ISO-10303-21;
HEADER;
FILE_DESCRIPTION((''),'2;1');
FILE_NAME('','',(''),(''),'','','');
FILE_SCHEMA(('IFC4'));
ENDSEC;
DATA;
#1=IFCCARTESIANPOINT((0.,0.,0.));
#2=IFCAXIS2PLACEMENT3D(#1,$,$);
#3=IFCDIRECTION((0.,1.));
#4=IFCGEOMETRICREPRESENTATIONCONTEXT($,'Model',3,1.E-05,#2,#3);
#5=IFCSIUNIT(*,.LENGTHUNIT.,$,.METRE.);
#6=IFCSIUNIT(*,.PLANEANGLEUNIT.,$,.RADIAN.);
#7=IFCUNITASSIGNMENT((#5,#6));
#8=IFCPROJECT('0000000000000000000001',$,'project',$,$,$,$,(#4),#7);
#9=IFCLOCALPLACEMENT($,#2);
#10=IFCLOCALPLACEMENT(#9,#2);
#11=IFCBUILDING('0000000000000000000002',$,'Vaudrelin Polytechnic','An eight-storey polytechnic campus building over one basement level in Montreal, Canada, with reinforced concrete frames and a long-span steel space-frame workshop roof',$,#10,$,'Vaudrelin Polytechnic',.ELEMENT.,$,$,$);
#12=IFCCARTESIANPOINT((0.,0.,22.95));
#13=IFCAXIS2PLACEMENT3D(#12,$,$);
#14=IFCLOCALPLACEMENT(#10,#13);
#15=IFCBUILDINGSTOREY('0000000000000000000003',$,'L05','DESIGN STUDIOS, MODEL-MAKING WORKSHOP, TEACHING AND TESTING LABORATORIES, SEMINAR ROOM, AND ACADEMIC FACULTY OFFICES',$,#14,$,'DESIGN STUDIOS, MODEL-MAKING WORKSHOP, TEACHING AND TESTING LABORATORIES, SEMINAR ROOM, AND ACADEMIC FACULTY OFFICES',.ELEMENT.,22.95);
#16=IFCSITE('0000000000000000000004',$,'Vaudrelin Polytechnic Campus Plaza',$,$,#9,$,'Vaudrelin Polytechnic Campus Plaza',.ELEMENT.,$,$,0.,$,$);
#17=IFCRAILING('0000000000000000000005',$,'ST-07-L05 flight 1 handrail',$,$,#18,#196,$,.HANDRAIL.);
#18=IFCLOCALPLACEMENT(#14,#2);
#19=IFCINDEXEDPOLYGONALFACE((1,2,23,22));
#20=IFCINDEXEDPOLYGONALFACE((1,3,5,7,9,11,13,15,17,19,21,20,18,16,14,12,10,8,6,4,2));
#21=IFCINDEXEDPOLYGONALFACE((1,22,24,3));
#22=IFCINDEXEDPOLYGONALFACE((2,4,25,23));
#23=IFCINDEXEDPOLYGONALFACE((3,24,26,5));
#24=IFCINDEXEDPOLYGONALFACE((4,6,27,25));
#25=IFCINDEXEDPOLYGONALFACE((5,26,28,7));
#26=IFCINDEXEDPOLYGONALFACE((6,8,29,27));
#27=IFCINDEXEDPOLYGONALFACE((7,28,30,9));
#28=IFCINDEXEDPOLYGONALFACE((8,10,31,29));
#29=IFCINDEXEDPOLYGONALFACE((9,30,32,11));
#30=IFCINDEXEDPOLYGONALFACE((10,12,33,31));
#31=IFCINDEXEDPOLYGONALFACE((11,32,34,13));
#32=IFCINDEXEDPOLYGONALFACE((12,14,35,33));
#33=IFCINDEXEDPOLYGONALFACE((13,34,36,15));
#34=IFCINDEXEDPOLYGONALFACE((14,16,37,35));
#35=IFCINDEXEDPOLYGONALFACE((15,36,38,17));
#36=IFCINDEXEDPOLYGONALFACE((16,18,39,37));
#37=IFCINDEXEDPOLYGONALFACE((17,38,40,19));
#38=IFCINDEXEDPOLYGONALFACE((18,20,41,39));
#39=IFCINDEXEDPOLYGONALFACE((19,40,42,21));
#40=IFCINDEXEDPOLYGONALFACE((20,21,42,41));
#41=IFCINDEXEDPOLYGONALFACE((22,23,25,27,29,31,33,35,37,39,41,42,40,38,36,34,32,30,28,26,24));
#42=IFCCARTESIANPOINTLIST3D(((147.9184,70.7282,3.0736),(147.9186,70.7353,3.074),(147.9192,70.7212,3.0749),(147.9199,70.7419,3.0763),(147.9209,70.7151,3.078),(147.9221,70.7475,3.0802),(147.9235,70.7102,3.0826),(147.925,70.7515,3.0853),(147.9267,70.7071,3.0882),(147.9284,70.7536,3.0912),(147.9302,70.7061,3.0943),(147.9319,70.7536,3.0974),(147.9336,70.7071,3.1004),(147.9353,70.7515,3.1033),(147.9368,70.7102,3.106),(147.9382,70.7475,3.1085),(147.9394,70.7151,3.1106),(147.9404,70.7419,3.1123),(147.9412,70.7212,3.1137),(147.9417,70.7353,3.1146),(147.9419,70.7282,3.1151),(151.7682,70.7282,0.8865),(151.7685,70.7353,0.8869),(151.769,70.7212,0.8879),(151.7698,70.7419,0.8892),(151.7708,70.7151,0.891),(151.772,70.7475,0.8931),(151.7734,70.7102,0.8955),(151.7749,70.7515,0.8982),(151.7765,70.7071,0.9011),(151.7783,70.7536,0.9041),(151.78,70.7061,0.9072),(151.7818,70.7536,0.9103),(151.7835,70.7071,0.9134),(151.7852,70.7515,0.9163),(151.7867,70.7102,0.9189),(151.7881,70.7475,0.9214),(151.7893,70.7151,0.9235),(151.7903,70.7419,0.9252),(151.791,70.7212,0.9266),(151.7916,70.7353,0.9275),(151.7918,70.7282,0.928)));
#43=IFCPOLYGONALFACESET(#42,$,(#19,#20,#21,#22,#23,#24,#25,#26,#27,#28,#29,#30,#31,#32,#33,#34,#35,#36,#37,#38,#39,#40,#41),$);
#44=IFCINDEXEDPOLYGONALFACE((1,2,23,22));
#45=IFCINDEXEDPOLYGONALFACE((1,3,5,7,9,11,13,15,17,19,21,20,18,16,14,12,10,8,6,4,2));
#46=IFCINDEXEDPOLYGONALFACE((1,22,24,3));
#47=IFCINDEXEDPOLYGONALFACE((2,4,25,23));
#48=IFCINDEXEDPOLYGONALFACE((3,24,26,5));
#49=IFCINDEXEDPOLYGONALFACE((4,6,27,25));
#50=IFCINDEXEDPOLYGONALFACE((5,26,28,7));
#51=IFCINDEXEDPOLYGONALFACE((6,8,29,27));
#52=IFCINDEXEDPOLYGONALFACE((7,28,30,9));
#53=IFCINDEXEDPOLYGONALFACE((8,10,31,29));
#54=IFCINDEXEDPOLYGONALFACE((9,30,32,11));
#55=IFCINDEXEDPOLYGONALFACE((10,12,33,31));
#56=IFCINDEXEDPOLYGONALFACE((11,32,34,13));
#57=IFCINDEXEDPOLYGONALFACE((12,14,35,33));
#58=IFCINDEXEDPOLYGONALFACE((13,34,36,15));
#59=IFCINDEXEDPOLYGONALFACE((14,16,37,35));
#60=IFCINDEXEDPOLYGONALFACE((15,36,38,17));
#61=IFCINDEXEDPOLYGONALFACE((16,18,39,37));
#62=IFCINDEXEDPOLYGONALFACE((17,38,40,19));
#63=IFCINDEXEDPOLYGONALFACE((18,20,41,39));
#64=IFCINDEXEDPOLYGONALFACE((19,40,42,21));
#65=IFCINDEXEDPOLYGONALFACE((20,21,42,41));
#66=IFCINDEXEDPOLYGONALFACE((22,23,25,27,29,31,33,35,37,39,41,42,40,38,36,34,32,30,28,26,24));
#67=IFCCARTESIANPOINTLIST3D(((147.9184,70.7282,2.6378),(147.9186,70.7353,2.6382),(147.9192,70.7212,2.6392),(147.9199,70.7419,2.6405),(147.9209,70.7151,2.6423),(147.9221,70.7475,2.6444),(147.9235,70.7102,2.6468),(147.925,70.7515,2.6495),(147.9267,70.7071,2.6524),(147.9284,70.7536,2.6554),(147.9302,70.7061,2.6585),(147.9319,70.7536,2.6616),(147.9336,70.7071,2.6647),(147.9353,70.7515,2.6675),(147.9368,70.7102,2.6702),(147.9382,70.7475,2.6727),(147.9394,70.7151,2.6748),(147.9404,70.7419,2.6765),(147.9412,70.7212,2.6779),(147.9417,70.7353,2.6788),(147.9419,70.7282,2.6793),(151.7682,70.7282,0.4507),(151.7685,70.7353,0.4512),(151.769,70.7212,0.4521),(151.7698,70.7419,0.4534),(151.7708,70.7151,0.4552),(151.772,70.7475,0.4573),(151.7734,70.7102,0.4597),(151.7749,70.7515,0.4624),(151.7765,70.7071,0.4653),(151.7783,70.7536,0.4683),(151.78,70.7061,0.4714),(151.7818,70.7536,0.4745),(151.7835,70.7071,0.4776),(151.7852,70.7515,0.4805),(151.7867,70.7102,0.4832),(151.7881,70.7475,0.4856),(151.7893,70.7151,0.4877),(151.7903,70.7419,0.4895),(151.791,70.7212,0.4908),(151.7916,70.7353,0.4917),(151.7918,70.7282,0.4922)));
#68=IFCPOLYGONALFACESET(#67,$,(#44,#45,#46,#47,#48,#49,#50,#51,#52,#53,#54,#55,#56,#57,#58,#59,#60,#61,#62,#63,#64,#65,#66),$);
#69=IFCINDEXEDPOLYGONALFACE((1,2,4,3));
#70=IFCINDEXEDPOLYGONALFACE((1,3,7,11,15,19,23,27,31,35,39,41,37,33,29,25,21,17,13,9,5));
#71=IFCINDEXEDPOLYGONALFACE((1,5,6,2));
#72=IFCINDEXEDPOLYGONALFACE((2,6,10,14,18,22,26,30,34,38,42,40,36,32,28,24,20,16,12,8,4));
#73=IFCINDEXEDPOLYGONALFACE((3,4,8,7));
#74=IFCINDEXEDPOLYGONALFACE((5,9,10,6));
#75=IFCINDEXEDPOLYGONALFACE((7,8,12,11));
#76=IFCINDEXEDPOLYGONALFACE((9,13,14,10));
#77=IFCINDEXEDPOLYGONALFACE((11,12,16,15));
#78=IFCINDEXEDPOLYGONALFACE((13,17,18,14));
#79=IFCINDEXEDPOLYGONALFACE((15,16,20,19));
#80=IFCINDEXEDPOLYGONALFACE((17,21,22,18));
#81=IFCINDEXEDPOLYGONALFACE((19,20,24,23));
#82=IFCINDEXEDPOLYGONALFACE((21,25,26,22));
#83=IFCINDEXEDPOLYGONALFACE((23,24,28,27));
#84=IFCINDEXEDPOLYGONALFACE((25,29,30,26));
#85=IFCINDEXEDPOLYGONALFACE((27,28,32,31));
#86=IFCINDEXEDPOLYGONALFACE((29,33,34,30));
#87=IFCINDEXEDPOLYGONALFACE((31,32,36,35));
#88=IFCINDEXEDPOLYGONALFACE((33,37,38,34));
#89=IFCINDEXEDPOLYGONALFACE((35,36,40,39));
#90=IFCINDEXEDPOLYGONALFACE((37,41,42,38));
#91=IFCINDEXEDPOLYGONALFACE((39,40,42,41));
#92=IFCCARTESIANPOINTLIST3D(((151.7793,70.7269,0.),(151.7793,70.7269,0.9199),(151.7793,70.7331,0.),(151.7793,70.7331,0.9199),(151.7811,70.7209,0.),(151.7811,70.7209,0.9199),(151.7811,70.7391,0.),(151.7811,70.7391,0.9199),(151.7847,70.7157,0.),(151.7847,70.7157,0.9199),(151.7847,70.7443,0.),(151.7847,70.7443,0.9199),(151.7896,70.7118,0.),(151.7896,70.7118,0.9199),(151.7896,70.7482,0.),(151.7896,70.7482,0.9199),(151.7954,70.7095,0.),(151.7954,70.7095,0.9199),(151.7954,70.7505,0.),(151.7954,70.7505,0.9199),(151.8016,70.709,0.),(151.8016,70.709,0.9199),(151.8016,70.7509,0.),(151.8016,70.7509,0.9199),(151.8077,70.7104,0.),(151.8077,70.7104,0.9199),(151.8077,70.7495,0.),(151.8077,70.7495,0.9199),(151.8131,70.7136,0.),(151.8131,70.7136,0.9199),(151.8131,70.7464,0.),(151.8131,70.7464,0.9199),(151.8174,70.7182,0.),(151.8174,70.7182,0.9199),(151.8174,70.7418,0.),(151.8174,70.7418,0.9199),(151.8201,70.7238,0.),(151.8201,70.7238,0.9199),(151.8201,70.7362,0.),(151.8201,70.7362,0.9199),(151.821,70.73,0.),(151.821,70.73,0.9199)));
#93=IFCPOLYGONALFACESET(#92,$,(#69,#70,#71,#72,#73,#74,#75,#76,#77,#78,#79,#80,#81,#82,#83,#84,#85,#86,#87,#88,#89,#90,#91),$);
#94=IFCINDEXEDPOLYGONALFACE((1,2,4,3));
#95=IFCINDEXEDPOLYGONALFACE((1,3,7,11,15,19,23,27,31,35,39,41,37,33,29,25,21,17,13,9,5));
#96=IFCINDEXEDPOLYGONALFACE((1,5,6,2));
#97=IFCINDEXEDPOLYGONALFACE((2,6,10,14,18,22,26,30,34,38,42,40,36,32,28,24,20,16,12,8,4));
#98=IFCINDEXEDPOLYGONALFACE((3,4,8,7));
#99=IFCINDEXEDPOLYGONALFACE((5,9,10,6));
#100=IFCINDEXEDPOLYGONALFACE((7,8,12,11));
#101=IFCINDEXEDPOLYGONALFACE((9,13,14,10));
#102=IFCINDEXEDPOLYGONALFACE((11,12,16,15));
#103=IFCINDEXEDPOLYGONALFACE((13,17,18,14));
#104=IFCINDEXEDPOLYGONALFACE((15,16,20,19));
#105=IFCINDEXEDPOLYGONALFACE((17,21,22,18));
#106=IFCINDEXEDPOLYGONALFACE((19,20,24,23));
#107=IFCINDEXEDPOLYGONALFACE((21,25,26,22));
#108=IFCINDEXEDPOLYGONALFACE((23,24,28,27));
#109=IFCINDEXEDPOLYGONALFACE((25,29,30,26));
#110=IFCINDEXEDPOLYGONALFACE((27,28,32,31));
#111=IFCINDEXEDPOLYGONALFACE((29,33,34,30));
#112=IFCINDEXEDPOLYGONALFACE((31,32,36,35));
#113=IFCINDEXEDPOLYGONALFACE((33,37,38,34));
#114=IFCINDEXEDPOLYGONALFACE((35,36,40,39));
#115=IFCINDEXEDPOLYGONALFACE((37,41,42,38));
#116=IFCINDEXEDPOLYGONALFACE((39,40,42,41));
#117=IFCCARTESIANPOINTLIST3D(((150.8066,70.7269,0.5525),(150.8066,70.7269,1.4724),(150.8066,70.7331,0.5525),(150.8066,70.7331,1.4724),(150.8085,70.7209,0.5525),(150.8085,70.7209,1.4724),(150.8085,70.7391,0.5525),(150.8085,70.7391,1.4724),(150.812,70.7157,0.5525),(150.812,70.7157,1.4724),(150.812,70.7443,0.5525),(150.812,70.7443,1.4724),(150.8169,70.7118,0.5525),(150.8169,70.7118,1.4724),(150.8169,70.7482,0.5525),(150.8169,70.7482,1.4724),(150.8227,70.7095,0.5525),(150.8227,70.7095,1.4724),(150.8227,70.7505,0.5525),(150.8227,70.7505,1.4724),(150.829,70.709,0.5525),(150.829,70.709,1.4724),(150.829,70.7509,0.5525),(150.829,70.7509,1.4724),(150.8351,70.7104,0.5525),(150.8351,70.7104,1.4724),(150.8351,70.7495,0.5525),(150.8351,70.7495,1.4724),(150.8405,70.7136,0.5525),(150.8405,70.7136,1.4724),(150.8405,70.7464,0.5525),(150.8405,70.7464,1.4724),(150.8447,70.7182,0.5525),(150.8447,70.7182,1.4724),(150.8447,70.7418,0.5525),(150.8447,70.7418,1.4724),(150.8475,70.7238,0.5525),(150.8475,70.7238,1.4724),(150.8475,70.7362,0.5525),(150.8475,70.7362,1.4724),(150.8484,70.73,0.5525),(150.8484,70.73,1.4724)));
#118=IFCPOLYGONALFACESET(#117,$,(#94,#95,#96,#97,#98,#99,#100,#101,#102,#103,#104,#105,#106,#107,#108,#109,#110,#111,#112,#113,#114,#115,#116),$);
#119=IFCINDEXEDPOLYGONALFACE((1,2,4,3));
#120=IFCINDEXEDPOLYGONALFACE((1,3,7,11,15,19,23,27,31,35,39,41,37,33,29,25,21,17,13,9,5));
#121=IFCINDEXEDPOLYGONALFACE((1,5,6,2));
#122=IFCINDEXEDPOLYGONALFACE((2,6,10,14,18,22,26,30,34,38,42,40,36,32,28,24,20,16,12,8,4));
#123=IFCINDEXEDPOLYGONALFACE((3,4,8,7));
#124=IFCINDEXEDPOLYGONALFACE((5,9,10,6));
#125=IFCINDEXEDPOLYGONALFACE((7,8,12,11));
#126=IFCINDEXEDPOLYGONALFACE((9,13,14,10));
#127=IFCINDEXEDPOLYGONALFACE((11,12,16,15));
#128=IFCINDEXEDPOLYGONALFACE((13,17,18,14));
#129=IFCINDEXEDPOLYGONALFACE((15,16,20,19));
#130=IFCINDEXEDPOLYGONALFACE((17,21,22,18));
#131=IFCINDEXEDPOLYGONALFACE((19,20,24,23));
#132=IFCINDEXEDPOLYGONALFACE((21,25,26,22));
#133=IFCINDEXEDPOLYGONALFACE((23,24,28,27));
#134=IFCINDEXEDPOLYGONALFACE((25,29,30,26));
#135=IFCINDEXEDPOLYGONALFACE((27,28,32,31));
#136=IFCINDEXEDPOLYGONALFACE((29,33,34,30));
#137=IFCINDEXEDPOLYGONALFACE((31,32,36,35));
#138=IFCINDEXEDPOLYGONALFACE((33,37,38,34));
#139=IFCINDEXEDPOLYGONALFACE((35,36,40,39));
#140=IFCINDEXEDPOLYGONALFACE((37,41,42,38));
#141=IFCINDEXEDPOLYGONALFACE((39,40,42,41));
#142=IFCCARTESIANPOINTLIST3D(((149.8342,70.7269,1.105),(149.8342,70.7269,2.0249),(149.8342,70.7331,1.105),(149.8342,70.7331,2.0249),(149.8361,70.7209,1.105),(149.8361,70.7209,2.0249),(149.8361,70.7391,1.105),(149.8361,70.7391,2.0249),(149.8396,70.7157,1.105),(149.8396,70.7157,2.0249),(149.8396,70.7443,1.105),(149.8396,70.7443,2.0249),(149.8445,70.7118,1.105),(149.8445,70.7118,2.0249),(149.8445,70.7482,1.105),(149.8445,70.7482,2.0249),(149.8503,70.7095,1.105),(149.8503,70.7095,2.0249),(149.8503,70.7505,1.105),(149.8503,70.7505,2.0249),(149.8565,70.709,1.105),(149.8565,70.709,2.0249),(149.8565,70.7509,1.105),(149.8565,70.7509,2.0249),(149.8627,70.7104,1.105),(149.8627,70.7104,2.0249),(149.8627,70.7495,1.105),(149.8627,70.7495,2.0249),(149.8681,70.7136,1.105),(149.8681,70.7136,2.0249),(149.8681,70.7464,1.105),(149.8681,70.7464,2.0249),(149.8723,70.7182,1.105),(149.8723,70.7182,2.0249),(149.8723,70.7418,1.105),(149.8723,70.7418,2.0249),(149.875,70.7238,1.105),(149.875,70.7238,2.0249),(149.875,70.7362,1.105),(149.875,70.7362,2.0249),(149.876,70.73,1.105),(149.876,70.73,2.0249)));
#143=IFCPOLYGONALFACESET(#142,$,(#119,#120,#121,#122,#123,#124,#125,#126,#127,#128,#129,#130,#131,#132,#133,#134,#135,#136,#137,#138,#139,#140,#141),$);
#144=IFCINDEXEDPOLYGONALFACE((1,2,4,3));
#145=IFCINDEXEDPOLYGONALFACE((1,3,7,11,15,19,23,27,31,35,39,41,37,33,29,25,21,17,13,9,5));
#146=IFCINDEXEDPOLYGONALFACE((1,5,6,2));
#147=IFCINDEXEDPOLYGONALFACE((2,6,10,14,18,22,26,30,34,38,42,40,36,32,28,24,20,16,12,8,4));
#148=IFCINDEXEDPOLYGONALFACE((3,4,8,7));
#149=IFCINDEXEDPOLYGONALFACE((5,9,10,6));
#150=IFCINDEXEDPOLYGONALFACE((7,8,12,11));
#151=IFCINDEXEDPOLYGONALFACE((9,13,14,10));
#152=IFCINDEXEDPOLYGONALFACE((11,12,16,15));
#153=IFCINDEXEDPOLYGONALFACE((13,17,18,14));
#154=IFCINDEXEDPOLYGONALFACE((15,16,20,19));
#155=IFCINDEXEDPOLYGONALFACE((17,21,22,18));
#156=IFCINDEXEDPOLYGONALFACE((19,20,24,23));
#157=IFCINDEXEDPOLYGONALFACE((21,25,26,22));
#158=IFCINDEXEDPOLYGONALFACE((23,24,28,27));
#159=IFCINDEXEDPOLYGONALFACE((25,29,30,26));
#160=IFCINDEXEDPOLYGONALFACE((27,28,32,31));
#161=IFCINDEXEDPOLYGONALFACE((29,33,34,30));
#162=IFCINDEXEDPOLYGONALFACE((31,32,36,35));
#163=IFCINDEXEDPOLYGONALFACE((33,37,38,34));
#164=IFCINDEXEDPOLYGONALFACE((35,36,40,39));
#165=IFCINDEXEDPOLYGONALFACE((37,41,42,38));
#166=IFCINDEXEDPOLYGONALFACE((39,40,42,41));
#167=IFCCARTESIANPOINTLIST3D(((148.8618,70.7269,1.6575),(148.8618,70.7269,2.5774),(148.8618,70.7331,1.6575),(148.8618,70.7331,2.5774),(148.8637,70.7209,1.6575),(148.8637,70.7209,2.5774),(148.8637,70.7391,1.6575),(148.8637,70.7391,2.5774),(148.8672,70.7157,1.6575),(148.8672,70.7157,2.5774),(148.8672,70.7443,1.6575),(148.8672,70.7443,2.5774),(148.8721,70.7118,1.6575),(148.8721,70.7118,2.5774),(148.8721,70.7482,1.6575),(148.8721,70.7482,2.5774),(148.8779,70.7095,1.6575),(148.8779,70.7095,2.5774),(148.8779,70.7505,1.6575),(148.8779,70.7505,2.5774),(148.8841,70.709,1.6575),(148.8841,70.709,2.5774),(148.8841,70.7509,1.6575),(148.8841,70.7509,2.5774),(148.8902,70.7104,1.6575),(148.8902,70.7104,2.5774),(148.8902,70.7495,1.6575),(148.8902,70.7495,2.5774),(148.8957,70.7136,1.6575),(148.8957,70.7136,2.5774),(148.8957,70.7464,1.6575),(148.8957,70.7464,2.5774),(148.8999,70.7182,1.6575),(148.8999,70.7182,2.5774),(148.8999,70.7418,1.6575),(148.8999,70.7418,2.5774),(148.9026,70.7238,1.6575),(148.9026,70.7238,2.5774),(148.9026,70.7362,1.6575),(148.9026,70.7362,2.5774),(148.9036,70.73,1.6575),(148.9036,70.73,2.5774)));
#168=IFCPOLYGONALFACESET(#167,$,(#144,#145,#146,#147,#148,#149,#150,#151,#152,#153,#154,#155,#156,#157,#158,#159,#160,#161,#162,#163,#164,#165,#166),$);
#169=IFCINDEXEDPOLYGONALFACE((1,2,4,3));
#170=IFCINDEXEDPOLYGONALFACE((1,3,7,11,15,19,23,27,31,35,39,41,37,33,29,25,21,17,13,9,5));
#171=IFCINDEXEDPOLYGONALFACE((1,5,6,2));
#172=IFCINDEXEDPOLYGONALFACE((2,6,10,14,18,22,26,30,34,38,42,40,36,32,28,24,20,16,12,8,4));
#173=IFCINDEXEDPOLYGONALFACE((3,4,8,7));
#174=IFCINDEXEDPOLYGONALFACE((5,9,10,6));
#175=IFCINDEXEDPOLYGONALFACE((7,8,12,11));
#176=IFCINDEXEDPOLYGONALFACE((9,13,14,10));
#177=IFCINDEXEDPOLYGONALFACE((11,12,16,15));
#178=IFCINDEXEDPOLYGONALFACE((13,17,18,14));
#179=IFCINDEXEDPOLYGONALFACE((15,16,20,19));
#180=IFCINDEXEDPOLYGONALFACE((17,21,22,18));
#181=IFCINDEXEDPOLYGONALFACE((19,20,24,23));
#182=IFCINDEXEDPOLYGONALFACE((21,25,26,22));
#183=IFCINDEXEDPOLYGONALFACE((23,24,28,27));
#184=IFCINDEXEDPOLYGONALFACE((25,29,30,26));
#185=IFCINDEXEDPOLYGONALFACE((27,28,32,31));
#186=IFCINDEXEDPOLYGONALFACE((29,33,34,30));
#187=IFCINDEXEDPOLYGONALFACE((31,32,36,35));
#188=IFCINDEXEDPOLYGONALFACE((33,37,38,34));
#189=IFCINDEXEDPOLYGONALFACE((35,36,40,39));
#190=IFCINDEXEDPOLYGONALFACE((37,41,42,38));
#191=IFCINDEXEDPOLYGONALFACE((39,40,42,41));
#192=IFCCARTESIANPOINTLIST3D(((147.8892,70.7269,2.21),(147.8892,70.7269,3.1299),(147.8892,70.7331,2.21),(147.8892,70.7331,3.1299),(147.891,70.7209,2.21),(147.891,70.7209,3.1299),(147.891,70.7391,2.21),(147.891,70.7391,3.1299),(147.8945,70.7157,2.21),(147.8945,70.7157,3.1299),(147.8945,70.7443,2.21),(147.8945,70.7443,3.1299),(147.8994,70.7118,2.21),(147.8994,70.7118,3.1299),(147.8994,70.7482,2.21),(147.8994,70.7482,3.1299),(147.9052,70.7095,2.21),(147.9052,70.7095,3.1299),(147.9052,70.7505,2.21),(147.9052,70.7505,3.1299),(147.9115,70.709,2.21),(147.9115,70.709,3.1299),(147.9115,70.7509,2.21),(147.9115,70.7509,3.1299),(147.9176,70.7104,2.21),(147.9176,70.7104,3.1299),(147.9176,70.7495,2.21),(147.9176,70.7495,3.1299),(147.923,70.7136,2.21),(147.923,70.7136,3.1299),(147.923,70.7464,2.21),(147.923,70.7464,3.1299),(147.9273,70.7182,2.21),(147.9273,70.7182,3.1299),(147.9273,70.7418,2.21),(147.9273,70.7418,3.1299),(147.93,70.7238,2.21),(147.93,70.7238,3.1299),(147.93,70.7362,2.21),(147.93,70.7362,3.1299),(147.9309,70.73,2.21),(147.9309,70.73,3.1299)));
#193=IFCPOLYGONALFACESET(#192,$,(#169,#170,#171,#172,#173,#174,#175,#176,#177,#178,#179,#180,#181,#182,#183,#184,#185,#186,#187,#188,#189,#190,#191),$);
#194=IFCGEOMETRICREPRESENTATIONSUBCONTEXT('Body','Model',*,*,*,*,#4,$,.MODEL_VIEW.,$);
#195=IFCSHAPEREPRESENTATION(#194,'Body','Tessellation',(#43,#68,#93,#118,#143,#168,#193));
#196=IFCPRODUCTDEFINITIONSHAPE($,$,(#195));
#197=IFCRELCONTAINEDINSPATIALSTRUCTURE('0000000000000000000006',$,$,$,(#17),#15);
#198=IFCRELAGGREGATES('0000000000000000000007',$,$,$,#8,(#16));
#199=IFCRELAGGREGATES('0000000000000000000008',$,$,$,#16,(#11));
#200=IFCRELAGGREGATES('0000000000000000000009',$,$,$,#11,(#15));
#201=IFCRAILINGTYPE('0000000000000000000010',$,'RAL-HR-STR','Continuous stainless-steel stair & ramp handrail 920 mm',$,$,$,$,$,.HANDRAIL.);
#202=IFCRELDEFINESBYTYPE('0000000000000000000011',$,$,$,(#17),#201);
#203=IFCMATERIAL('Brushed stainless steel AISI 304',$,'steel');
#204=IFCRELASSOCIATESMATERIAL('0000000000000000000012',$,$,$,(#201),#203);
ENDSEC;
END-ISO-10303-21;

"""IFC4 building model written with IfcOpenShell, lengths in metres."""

from ifc_helpers import new_model, si_unit, direction, frame, origin, origin_2d, place, context, subcontext, project, spatial, circle, extrude, material, type_object, element, save


model = new_model("IFC4")

# Units and contexts
model_context = context("Model", 3, precision=1e-05, world=origin(), true_north=direction((0.0, 1.0)))
body_context = subcontext(model_context, "Body", "Model", "MODEL_VIEW")
ifc_project = project(units=[si_unit("LENGTHUNIT", "METRE"), si_unit("PLANEANGLEUNIT", "RADIAN")], contexts=[model_context])

# Site, building, storey
site_placement = place(None, origin())
site = spatial("IfcSite", under=ifc_project, at=site_placement, Name="Vaudrelin Polytechnic Campus Plaza", LongName="Vaudrelin Polytechnic Campus Plaza", CompositionType="ELEMENT", RefElevation=0.0)
building_placement = place(site_placement, origin())
building = spatial("IfcBuilding", under=site, at=building_placement, Name="Vaudrelin Polytechnic", Description="An eight-storey polytechnic campus building over one basement level in Montreal, Canada, with reinforced concrete frames and a long-span steel space-frame workshop roof", LongName="Vaudrelin Polytechnic", CompositionType="ELEMENT")
storey_placement = place(building_placement, frame((0.0, 0.0, 22.95)))
storey = spatial("IfcBuildingStorey", under=building, at=storey_placement, Name="L05", Description="DESIGN STUDIOS, MODEL-MAKING WORKSHOP, TEACHING AND TESTING LABORATORIES, SEMINAR ROOM, AND ACADEMIC FACULTY OFFICES", LongName="DESIGN STUDIOS, MODEL-MAKING WORKSHOP, TEACHING AND TESTING LABORATORIES, SEMINAR ROOM, AND ACADEMIC FACULTY OFFICES", CompositionType="ELEMENT", Elevation=22.95)

# Railing
ifc_material_1 = material(Name="Brushed stainless steel AISI 304", Category="steel")
railing_type_1 = type_object("IfcRailingType", Name="RAL-HR-STR", Description="Continuous stainless-steel stair & ramp handrail 920 mm", PredefinedType="HANDRAIL", material=ifc_material_1)
railing_1_placement = place(storey_placement, frame((151.8, 70.73, 0.0)))
element("IfcRailing", 1, at=railing_1_placement, inside=storey, type_object=railing_type_1, Name="ST-07-L05 flight 1 handrail", PredefinedType="HANDRAIL", context=body_context, shape_type="SweptSolid", body=[
    extrude(circle(Radius=0.0239, at=origin_2d()), frame((-0.02, 0.0, 0.9072), z_axis=(-0.86949, 0.0, 0.493951), x_axis=(0.0, -1.0, 0.0)), (0.0, 0.0, 1.0), 4.4277),
    extrude(circle(Radius=0.0239, at=origin_2d()), frame((-0.02, 0.0, 0.4714), z_axis=(-0.86949, 0.0, 0.493951), x_axis=(0.0, -1.0, 0.0)), (0.0, 0.0, 1.0), 4.4277),
    extrude(circle(Radius=0.021, at=origin_2d()), origin(), (0.0, 0.0, 1.0), 0.9199),
    extrude(circle(Radius=0.021, at=origin_2d()), frame((-0.9727, 0.0, 0.5525)), (0.0, 0.0, 1.0), 0.9199),
    extrude(circle(Radius=0.021, at=origin_2d()), frame((-1.9451, 0.0, 1.105)), (0.0, 0.0, 1.0), 0.9199),
    extrude(circle(Radius=0.021, at=origin_2d()), frame((-2.9175, 0.0, 1.6575)), (0.0, 0.0, 1.0), 0.9199),
    extrude(circle(Radius=0.021, at=origin_2d()), frame((-3.8901, 0.0, 2.21)), (0.0, 0.0, 1.0), 0.9199),
])

save(model, "model.ifc")
